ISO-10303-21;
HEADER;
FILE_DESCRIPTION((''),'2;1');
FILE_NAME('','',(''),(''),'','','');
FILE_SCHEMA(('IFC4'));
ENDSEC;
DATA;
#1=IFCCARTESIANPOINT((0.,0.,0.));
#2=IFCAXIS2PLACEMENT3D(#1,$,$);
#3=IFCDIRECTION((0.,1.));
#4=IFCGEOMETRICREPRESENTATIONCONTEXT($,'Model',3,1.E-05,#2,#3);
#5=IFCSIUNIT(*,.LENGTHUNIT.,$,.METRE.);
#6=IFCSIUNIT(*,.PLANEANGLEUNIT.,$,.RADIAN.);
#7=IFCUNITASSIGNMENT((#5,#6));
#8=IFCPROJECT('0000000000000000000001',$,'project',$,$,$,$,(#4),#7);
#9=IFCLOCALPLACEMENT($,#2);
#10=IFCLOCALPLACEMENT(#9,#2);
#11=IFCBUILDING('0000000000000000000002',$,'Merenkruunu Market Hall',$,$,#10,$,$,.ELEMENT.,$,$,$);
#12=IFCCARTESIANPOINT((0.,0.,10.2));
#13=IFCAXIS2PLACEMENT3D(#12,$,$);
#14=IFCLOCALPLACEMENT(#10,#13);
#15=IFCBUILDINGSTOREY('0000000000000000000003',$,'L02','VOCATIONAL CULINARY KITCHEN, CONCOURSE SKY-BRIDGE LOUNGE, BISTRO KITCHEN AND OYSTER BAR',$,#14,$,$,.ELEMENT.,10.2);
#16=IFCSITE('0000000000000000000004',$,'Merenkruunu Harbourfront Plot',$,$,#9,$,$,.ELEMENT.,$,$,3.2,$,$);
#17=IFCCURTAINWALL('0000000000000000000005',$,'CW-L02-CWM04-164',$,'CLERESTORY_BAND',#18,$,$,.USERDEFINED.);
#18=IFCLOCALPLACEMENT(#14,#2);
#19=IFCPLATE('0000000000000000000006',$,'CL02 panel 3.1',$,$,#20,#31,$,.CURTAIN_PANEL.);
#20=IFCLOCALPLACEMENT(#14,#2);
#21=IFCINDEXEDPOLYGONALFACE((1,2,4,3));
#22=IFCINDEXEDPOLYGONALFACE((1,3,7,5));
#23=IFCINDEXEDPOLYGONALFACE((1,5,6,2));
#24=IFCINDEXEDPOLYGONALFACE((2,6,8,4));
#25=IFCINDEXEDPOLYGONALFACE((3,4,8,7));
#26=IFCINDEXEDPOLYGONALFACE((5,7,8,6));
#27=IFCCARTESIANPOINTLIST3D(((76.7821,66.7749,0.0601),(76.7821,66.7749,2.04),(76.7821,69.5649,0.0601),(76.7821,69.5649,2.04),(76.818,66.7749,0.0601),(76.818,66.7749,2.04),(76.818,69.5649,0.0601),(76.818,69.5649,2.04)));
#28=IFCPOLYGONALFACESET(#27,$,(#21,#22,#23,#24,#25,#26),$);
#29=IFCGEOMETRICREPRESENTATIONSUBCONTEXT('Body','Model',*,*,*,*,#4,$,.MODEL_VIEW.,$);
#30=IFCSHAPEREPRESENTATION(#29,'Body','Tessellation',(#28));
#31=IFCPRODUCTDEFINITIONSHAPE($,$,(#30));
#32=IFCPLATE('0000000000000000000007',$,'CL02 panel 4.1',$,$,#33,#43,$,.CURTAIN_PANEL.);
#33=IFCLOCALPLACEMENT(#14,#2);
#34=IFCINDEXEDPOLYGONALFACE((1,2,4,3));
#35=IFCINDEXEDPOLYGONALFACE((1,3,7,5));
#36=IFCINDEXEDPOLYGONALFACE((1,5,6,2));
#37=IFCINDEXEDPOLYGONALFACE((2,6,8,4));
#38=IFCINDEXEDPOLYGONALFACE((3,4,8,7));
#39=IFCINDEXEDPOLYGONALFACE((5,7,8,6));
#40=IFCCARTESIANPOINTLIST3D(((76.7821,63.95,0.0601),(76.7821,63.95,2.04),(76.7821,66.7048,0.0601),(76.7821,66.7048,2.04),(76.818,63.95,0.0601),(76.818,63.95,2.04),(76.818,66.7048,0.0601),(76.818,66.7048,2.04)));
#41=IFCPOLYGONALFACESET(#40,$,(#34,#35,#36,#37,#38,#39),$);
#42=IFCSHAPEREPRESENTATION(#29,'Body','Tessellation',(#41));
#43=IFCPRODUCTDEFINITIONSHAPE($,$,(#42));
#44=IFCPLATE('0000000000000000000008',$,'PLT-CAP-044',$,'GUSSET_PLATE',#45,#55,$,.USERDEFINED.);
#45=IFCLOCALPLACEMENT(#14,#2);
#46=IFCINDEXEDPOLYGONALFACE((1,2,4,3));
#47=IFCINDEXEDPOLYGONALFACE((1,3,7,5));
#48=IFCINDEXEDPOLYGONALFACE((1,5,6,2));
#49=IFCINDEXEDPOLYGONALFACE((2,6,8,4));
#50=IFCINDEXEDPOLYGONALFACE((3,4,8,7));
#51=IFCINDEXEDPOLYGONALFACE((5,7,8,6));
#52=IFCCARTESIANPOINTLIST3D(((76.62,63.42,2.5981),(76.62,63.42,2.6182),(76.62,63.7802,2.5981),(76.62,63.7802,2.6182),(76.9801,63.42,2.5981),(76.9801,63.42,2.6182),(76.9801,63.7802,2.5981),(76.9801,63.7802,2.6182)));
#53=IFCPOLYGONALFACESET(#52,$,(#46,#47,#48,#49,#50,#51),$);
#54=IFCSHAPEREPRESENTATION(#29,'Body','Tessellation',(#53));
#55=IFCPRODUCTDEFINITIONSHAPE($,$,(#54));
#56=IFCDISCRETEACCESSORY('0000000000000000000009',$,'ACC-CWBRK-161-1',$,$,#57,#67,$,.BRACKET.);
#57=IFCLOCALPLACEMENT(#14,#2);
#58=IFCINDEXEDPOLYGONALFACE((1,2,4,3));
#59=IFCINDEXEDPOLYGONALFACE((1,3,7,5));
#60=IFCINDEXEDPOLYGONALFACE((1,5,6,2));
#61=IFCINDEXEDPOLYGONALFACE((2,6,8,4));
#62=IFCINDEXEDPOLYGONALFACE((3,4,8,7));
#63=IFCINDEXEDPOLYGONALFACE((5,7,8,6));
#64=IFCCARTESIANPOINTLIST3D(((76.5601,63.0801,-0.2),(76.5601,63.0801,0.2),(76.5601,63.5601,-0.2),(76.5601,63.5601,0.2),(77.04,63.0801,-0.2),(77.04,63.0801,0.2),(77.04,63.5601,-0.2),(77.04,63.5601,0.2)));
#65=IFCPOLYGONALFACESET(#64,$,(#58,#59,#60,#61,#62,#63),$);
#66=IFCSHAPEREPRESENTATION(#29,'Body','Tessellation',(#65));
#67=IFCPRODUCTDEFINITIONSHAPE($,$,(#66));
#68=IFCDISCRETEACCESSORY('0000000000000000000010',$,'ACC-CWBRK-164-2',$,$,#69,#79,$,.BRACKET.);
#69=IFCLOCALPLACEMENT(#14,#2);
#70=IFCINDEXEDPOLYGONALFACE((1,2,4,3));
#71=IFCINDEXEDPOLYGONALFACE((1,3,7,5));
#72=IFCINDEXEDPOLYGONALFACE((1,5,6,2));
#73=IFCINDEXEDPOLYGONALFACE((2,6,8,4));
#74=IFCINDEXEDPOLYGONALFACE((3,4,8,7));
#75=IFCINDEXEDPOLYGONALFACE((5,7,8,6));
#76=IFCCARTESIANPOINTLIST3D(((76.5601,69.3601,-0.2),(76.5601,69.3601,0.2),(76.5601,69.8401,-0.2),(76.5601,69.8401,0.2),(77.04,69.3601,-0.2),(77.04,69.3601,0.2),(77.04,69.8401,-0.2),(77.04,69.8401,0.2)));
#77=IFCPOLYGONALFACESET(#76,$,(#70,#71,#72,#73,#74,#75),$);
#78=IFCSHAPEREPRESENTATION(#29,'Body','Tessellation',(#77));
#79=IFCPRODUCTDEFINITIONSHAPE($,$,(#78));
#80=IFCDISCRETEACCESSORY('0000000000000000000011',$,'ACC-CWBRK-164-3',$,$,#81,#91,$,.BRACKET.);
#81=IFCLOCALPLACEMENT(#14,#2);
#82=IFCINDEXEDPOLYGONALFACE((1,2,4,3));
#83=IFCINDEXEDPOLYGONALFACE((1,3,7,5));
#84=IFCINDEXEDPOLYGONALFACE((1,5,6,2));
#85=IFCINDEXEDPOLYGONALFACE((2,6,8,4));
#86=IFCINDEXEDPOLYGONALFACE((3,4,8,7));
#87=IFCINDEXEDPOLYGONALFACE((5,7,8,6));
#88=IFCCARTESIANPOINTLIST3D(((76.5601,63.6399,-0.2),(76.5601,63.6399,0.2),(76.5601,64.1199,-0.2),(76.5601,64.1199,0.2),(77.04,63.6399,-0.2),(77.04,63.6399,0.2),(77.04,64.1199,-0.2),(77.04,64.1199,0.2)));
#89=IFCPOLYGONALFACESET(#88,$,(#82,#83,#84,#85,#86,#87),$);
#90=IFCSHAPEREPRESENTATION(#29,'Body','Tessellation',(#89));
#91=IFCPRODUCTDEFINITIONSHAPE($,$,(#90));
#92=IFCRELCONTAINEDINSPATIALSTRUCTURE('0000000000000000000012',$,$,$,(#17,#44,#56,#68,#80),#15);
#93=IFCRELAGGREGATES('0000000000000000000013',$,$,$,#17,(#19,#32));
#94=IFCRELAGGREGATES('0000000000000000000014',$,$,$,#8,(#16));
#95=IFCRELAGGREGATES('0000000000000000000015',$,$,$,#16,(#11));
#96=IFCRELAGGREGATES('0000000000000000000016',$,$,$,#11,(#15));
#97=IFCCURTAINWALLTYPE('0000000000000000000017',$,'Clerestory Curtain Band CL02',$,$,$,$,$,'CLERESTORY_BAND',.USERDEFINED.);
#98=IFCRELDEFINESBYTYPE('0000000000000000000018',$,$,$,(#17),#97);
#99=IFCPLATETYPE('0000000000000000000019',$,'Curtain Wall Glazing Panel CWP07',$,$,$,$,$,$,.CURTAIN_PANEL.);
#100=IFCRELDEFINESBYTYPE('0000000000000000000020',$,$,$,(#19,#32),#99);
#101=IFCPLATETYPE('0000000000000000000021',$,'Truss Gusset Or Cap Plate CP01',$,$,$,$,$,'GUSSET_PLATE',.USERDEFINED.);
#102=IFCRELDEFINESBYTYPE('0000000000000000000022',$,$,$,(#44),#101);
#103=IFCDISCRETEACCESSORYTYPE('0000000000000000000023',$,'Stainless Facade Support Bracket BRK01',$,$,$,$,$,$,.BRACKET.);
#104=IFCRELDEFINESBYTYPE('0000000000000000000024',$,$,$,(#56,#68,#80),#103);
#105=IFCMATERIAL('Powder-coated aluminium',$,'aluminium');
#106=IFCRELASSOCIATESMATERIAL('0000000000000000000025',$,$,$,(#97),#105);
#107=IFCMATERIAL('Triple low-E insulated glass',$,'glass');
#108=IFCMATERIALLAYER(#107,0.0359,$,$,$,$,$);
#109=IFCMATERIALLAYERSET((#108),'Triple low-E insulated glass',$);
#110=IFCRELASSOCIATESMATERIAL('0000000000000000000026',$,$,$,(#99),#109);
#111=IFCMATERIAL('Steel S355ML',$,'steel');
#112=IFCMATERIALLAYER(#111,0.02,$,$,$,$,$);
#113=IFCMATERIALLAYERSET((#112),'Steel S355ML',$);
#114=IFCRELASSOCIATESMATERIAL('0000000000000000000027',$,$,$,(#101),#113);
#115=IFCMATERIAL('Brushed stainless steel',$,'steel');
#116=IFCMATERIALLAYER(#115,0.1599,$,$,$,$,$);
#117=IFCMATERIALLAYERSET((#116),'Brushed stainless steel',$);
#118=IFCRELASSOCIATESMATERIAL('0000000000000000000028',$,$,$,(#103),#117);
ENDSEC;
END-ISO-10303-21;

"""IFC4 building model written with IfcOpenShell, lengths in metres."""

from ifc_helpers import new_model, si_unit, direction, frame, origin, origin_2d, place, context, subcontext, project, spatial, rectangle, extrude, material, layer, layer_set, type_object, element, aggregate, save


model = new_model("IFC4")

# Units and contexts
model_context = context("Model", 3, precision=1e-05, world=origin(), true_north=direction((0.0, 1.0)))
body_context = subcontext(model_context, "Body", "Model", "MODEL_VIEW")
ifc_project = project(units=[si_unit("LENGTHUNIT", "METRE"), si_unit("PLANEANGLEUNIT", "RADIAN")], contexts=[model_context])

# Site, building, storey
site_placement = place(None, origin())
site = spatial("IfcSite", under=ifc_project, at=site_placement, Name="Merenkruunu Harbourfront Plot", CompositionType="ELEMENT", RefElevation=3.2)
building_placement = place(site_placement, origin())
building = spatial("IfcBuilding", under=site, at=building_placement, Name="Merenkruunu Market Hall", CompositionType="ELEMENT")
storey_placement = place(building_placement, frame((0.0, 0.0, 10.2)))
storey = spatial("IfcBuildingStorey", under=building, at=storey_placement, Name="L02", Description="VOCATIONAL CULINARY KITCHEN, CONCOURSE SKY-BRIDGE LOUNGE, BISTRO KITCHEN AND OYSTER BAR", CompositionType="ELEMENT", Elevation=10.2)

# Shared definitions
ifc_material_1 = material(Name="Steel S355ML", Category="steel")

# Curtain wall
ifc_material_2 = material(Name="Powder-coated aluminium", Category="aluminium")
curtain_wall_type = type_object("IfcCurtainWallType", Name="Clerestory Curtain Band CL02", ElementType="CLERESTORY_BAND", PredefinedType="USERDEFINED", material=ifc_material_2)
curtain_wall_1_placement = place(storey_placement, origin())
curtain_wall_1 = element("IfcCurtainWall", 1, at=curtain_wall_1_placement, inside=storey, type_object=curtain_wall_type, Name="CW-L02-CWM04-164", ObjectType="CLERESTORY_BAND", PredefinedType="USERDEFINED")

# Plates
ifc_material_3 = material(Name="Triple low-E insulated glass", Category="glass")
ifc_layer_1 = layer(ifc_material_3, 0.0359)
ifc_layer_set_1 = layer_set([ifc_layer_1], Name="Triple low-E insulated glass")
plate_type_1 = type_object("IfcPlateType", Name="Curtain Wall Glazing Panel CWP07", PredefinedType="CURTAIN_PANEL", material=ifc_layer_set_1)
plate_1_placement = place(storey_placement, frame((76.8, 68.1699, 0.0601), z_axis=(0.0, 0.0, 1.0), x_axis=(0.0, -1.0, 0.0)))
plate_1 = element("IfcPlate", 2, at=plate_1_placement, type_object=plate_type_1, Name="CL02 panel 3.1", PredefinedType="CURTAIN_PANEL", context=body_context, shape_type="SweptSolid", body=[
    extrude(rectangle(XDim=2.79, YDim=0.0359, at=origin_2d()), origin(), (0.0, 0.0, 1.0), 1.98),
])
plate_2_placement = place(storey_placement, frame((76.8, 65.3274, 0.0601), z_axis=(0.0, 0.0, 1.0), x_axis=(0.0, -1.0, 0.0)))
plate_2 = element("IfcPlate", 3, at=plate_2_placement, type_object=plate_type_1, Name="CL02 panel 4.1", PredefinedType="CURTAIN_PANEL", context=body_context, shape_type="SweptSolid", body=[
    extrude(rectangle(XDim=2.7549, YDim=0.0359, at=origin_2d()), origin(), (0.0, 0.0, 1.0), 1.98),
])
aggregate(curtain_wall_1, [plate_1, plate_2])
ifc_layer_2 = layer(ifc_material_1, 0.02)
ifc_layer_set_2 = layer_set([ifc_layer_2], Name="Steel S355ML")
plate_type_2 = type_object("IfcPlateType", Name="Truss Gusset Or Cap Plate CP01", ElementType="GUSSET_PLATE", PredefinedType="USERDEFINED", material=ifc_layer_set_2)
plate_3_placement = place(storey_placement, frame((76.8, 63.6001, 2.5981), z_axis=(0.0, 0.0, 1.0), x_axis=(1.0, 0.0, 0.0)))
element("IfcPlate", 4, at=plate_3_placement, inside=storey, type_object=plate_type_2, Name="PLT-CAP-044", ObjectType="GUSSET_PLATE", PredefinedType="USERDEFINED", context=body_context, shape_type="SweptSolid", body=[
    extrude(rectangle(XDim=0.3601, YDim=0.3601, at=origin_2d()), origin(), (0.0, 0.0, 1.0), 0.02),
])

# Discrete accessories
ifc_material_4 = material(Name="Brushed stainless steel", Category="steel")
ifc_layer_3 = layer(ifc_material_4, 0.1599)
ifc_layer_set_3 = layer_set([ifc_layer_3], Name="Brushed stainless steel")
discrete_accessory_type = type_object("IfcDiscreteAccessoryType", Name="Stainless Facade Support Bracket BRK01", PredefinedType="BRACKET", material=ifc_layer_set_3)
for number, where, z_axis, x_axis, name in (
    (5, (76.8, 63.3201, -0.2), (0.0, 0.0, 1.0), (1.0, 0.0, 0.0), "ACC-CWBRK-161-1"),
    (6, (76.8, 69.6001, -0.2), (0.0, 0.0, 1.0), (1.0, 0.0, 0.0), "ACC-CWBRK-164-2"),
    (7, (76.8, 63.8799, -0.2), (0.0, 0.0, 1.0), (1.0, 0.0, 0.0), "ACC-CWBRK-164-3"),
):
    element("IfcDiscreteAccessory", number, at=place(storey_placement, frame(where, z_axis=z_axis, x_axis=x_axis)), inside=storey, type_object=discrete_accessory_type, Name=name, PredefinedType="BRACKET", context=body_context, shape_type="SweptSolid", body=[
        extrude(rectangle(XDim=0.48, YDim=0.48, at=origin_2d()), origin(), (0.0, 0.0, 1.0), 0.3999),
    ])

save(model, "model.ifc")
